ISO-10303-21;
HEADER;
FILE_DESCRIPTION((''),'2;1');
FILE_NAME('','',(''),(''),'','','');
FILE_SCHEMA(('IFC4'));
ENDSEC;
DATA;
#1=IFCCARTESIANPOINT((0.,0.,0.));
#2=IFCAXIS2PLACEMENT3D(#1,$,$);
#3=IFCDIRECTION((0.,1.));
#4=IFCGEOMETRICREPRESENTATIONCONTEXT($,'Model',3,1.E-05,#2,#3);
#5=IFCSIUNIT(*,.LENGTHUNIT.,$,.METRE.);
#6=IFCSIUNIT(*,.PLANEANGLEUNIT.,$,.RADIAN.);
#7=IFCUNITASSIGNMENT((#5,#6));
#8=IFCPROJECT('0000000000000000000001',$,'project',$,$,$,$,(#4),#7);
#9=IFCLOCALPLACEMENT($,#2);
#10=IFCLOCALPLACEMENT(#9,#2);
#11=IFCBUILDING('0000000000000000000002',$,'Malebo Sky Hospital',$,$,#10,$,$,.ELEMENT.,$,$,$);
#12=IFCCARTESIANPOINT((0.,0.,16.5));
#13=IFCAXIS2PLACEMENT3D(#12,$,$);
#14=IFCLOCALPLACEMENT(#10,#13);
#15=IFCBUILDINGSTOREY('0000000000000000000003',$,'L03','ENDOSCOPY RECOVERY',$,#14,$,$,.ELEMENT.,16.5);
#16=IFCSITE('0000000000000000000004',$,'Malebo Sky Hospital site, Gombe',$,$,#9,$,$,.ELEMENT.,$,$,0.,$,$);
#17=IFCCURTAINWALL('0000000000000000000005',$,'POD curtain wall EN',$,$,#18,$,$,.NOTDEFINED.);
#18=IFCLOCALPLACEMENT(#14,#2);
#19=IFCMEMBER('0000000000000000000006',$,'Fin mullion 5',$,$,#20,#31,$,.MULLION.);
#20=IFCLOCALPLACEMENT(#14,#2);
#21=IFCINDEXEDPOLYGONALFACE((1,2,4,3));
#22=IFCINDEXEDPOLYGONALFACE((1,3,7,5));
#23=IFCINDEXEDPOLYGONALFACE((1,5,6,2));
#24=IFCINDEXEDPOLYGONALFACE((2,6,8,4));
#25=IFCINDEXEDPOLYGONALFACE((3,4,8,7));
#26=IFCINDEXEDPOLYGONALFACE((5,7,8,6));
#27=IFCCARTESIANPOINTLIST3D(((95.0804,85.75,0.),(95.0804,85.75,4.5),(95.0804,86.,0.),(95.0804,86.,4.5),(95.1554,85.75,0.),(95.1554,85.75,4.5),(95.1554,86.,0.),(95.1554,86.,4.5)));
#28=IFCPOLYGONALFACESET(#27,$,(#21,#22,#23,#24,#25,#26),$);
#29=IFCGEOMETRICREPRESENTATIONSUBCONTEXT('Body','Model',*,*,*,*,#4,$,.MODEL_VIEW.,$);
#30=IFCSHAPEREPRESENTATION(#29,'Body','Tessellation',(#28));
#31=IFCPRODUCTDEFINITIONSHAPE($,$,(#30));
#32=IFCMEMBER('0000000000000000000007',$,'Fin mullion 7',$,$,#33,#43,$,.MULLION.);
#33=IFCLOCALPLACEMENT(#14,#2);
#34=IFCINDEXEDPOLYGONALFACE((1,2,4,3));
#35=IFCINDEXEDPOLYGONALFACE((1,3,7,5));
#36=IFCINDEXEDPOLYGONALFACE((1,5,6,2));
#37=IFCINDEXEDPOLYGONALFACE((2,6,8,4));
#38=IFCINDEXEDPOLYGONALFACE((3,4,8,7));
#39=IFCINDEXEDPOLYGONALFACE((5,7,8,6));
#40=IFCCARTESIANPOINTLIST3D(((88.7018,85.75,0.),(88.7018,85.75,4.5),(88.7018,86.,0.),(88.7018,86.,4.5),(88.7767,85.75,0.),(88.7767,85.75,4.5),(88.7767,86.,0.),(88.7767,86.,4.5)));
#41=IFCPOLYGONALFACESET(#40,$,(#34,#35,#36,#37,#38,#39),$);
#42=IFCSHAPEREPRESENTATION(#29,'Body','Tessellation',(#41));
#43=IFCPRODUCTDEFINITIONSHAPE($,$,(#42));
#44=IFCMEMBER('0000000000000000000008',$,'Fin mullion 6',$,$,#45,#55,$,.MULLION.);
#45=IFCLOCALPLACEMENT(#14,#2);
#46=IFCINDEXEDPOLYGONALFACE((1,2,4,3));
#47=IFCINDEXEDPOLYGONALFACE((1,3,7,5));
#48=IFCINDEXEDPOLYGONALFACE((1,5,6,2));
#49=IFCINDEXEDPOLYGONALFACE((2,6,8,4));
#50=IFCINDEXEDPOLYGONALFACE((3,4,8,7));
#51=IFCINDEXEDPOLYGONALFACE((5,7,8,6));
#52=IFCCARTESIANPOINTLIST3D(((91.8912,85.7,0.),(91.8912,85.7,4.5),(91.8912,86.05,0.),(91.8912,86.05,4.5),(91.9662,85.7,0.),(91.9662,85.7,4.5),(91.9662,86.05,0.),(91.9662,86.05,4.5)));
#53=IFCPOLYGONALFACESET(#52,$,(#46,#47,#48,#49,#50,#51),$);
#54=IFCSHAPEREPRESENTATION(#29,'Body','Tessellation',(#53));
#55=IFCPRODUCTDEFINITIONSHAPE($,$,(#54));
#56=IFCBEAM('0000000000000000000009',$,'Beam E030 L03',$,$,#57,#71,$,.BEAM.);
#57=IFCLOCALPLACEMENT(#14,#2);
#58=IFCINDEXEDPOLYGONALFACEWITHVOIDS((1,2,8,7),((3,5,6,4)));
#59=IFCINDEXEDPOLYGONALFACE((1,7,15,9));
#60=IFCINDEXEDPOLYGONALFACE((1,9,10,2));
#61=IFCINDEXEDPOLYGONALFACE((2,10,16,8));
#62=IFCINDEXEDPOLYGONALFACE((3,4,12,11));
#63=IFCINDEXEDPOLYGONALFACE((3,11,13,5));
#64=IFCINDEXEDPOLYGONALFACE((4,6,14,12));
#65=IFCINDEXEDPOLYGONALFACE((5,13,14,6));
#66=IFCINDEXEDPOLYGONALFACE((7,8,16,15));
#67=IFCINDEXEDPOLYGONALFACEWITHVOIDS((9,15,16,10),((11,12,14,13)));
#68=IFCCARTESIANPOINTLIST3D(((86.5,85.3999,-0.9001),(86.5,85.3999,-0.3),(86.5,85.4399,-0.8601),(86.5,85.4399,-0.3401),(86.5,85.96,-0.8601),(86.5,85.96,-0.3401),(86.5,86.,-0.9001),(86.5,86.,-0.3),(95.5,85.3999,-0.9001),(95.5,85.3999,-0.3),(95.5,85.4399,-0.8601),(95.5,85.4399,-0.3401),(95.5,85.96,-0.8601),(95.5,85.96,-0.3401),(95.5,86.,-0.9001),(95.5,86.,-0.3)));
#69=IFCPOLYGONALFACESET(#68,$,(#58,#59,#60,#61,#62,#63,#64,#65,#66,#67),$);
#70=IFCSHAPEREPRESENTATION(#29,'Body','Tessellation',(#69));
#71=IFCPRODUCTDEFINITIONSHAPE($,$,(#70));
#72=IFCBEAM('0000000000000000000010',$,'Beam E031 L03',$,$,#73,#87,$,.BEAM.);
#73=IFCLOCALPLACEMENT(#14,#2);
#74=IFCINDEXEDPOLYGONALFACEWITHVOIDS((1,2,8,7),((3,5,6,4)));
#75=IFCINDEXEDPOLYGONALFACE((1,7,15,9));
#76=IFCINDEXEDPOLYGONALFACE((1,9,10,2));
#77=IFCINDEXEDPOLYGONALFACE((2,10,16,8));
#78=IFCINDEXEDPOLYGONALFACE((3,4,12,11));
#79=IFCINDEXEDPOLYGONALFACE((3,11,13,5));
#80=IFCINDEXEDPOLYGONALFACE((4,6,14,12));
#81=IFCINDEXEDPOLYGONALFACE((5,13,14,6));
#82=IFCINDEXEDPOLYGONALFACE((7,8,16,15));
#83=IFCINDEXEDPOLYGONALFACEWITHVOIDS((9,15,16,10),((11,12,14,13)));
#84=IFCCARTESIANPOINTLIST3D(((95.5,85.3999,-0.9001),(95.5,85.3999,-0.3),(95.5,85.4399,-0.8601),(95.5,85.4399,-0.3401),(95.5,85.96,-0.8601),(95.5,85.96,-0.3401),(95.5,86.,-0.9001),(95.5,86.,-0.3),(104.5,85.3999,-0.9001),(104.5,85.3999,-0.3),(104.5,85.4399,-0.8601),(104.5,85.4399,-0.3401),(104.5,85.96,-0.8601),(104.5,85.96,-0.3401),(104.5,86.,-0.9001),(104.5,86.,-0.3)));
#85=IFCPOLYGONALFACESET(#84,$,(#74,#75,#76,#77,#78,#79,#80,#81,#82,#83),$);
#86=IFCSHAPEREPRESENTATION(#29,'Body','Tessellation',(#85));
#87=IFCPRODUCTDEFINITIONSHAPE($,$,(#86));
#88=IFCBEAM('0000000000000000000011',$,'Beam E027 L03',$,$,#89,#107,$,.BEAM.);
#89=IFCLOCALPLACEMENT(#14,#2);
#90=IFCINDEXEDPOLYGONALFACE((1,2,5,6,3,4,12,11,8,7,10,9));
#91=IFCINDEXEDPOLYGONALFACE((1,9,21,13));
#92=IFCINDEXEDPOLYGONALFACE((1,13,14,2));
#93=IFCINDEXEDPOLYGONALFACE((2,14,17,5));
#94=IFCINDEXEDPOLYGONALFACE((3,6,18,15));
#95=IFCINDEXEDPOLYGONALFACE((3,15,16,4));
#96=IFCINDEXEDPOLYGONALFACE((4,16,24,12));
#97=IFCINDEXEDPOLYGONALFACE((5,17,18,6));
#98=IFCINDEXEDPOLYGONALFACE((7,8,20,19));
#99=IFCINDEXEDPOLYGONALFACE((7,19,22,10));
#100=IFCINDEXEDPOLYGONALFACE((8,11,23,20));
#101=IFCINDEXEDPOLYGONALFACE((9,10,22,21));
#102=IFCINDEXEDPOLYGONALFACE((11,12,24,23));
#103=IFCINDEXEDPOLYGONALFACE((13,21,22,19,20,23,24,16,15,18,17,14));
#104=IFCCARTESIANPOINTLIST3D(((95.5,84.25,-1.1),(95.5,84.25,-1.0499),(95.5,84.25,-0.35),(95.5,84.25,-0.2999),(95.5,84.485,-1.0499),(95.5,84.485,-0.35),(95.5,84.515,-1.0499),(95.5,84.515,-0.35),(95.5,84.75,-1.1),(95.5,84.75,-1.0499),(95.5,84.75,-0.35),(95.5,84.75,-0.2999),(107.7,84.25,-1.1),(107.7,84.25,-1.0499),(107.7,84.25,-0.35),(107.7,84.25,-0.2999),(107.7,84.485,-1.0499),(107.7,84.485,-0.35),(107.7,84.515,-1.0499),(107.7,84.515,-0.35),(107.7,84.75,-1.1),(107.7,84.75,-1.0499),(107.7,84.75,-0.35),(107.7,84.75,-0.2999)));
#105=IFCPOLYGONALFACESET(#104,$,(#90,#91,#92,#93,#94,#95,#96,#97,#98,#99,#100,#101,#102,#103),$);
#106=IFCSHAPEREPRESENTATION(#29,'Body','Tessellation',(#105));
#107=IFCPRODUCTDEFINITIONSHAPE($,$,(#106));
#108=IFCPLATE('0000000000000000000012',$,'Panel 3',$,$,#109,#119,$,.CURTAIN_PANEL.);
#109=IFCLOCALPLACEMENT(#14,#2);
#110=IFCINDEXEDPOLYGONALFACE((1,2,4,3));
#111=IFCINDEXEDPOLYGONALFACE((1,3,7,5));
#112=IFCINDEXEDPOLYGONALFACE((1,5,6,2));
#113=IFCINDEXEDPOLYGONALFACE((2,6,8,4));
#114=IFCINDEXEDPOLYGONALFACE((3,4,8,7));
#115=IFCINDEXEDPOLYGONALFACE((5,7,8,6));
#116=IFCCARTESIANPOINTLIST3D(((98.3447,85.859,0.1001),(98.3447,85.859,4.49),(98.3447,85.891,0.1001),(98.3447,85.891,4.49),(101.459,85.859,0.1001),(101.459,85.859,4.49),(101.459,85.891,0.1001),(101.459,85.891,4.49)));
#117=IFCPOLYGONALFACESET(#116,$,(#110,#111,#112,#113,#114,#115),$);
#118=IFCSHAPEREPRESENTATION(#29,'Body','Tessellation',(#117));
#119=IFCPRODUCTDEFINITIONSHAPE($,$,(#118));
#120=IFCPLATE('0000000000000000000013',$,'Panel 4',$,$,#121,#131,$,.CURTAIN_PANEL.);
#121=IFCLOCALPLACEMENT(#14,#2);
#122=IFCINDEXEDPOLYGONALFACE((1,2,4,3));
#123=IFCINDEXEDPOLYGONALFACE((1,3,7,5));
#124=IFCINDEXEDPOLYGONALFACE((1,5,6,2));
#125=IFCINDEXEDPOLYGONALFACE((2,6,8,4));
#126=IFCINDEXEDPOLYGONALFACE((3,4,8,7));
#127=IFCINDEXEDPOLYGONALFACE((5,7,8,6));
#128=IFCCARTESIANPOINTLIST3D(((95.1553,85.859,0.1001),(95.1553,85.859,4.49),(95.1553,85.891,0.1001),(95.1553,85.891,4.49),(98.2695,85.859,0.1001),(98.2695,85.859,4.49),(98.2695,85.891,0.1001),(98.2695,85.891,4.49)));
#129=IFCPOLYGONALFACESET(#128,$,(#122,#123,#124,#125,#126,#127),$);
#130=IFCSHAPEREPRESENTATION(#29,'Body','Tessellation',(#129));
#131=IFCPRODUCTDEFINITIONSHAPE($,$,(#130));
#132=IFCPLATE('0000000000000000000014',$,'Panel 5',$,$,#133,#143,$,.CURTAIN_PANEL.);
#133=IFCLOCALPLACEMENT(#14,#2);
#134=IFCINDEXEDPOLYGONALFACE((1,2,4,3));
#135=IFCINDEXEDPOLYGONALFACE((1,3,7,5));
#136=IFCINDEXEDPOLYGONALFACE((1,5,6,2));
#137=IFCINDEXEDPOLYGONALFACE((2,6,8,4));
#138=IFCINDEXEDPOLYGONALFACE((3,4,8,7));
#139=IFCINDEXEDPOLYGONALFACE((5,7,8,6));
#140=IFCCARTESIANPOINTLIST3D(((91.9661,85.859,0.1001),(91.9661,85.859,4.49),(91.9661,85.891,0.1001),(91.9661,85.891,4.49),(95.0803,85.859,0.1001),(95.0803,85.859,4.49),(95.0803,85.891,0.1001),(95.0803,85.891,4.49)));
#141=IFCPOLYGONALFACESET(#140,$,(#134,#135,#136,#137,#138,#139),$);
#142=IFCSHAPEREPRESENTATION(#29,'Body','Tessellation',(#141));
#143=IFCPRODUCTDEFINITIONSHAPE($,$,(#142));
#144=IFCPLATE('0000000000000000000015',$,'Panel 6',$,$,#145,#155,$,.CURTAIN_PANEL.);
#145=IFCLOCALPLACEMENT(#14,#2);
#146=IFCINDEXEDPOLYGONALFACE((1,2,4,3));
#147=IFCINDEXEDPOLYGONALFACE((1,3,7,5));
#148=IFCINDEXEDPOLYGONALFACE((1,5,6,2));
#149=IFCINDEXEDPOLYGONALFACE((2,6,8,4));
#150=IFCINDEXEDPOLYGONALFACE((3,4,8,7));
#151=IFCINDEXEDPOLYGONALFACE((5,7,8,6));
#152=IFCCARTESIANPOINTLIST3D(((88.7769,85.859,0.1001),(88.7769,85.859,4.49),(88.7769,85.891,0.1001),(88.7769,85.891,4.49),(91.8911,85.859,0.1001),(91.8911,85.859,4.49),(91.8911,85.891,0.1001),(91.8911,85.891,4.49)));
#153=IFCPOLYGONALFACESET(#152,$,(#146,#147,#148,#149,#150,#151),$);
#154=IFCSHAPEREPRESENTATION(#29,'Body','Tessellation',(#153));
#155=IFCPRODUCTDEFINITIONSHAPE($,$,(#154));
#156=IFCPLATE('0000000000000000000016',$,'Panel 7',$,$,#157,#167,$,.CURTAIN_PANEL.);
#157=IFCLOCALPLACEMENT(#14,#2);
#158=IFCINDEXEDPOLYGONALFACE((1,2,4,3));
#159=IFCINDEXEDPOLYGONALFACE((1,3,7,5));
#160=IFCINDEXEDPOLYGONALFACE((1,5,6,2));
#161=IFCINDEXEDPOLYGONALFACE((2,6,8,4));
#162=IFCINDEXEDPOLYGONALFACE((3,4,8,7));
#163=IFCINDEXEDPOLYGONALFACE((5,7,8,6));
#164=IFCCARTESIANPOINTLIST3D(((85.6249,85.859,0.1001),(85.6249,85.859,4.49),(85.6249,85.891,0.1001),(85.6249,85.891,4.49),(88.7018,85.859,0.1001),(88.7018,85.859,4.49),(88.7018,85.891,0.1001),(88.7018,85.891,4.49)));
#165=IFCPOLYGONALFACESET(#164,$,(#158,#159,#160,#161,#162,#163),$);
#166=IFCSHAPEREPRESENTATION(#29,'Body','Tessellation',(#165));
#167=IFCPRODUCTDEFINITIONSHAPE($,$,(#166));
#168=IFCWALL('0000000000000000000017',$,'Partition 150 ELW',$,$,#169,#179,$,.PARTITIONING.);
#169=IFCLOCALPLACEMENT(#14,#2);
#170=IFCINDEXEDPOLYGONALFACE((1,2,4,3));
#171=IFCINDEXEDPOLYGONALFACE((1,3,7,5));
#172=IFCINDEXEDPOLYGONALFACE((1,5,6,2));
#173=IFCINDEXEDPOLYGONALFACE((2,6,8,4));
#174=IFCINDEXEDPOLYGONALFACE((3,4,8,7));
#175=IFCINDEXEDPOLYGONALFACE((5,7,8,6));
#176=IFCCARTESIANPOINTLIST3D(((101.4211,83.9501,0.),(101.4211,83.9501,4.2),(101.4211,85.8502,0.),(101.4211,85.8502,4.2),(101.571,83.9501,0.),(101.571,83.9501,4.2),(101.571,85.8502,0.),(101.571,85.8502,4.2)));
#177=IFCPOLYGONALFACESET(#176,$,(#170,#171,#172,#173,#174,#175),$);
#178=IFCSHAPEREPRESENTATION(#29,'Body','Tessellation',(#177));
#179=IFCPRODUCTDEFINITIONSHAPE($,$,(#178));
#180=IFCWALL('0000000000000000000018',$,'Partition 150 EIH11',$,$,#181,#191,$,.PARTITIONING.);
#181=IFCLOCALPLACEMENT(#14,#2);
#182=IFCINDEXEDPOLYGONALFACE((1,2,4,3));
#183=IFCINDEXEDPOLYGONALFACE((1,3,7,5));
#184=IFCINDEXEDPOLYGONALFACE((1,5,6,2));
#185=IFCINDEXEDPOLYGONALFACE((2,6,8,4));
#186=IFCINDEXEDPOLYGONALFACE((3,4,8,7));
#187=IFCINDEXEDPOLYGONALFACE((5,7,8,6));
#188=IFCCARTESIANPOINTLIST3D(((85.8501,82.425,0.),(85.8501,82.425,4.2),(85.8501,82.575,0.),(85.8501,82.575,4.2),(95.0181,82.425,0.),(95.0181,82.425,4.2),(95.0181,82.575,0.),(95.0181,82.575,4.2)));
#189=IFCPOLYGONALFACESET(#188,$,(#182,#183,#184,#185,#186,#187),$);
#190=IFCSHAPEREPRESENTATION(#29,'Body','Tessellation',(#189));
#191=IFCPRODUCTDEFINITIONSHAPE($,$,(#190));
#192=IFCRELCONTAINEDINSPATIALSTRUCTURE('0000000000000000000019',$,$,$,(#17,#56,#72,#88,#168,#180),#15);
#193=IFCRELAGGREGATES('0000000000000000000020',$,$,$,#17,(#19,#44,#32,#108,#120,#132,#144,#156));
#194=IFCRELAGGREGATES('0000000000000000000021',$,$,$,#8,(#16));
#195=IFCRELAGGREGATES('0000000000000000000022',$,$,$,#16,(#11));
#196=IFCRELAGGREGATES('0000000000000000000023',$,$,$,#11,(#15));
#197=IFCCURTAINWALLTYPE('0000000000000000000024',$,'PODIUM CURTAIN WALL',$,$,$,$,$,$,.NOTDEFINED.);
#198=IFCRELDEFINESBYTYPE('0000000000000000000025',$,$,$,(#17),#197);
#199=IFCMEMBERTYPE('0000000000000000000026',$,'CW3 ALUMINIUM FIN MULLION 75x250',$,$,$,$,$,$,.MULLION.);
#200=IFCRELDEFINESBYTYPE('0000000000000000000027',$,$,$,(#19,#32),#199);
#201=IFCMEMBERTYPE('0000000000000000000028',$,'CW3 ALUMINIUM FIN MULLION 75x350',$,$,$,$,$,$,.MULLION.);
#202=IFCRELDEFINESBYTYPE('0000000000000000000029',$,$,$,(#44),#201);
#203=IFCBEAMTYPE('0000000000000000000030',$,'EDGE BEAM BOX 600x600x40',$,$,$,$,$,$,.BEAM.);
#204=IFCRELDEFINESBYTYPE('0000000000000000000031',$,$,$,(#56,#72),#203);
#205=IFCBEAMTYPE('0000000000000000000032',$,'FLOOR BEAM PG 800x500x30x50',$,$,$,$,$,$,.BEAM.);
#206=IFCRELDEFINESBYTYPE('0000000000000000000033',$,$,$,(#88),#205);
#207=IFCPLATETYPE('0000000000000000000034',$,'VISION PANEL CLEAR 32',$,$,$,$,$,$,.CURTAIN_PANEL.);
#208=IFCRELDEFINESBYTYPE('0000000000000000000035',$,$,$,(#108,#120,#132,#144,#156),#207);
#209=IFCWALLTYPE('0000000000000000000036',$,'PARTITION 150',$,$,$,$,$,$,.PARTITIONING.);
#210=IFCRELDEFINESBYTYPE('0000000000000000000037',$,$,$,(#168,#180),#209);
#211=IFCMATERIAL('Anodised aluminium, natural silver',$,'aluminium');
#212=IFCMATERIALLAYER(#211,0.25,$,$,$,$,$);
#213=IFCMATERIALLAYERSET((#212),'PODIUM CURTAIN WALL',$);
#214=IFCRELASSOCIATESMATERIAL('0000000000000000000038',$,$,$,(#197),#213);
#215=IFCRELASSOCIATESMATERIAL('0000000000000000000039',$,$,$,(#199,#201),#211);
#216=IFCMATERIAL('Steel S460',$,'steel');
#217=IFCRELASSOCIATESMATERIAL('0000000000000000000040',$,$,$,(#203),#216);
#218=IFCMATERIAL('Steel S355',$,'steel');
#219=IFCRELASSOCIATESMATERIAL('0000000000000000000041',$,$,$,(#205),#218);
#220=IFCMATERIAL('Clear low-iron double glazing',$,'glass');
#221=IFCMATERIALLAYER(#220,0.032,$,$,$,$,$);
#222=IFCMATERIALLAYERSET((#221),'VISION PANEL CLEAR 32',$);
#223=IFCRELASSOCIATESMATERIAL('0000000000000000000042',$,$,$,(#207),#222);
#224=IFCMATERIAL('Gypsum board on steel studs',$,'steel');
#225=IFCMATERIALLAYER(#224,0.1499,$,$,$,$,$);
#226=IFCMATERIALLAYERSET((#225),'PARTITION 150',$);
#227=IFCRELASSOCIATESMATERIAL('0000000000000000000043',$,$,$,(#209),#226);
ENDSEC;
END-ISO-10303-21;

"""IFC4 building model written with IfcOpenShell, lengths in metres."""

from ifc_helpers import new_model, si_unit, direction, frame, frame_2d, origin, origin_2d, place, context, subcontext, project, spatial, rectangle, hollow_rectangle, i_section, extrude, material, layer, layer_set, material_profile, profile_set, type_object, element, aggregate, save


model = new_model("IFC4")

# Units and contexts
model_context = context("Model", 3, precision=1e-05, world=origin(), true_north=direction((0.0, 1.0)))
body_context = subcontext(model_context, "Body", "Model", "MODEL_VIEW")
ifc_project = project(units=[si_unit("LENGTHUNIT", "METRE"), si_unit("PLANEANGLEUNIT", "RADIAN")], contexts=[model_context])

# Site, building, storey
site_placement = place(None, origin())
site = spatial("IfcSite", under=ifc_project, at=site_placement, Name="Malebo Sky Hospital site, Gombe", CompositionType="ELEMENT", RefElevation=0.0)
building_placement = place(site_placement, origin())
building = spatial("IfcBuilding", under=site, at=building_placement, Name="Malebo Sky Hospital", CompositionType="ELEMENT")
storey_placement = place(building_placement, frame((0.0, 0.0, 16.5)))
storey = spatial("IfcBuildingStorey", under=building, at=storey_placement, Name="L03", Description="ENDOSCOPY RECOVERY", CompositionType="ELEMENT", Elevation=16.5)

# Shared definitions
ifc_material_1 = material(Name="Steel S355", Category="steel")

# Curtain wall, members
ifc_material_2 = material(Name="Anodised aluminium, natural silver", Category="aluminium")
ifc_layer_1 = layer(ifc_material_2, 0.25)
ifc_layer_set_1 = layer_set([ifc_layer_1], Name="PODIUM CURTAIN WALL")
curtain_wall_type = type_object("IfcCurtainWallType", Name="PODIUM CURTAIN WALL", PredefinedType="NOTDEFINED", material=ifc_layer_set_1)
curtain_wall_placement = place(storey_placement, origin())
curtain_wall = element("IfcCurtainWall", 1, at=curtain_wall_placement, inside=storey, type_object=curtain_wall_type, Name="POD curtain wall EN", PredefinedType="NOTDEFINED")
ifc_material_profile_1 = material_profile(ifc_material_2, rectangle(XDim=0.075, YDim=0.25, at=origin_2d()), Name="CW3 ALUMINIUM FIN MULLION 75x250")
ifc_profile_set_1 = profile_set([ifc_material_profile_1], Name="Anodised aluminium, natural silver")
member_type_1 = type_object("IfcMemberType", Name="CW3 ALUMINIUM FIN MULLION 75x250", PredefinedType="MULLION", material=ifc_profile_set_1)
member_1_placement = place(storey_placement, frame((95.1179, 85.875, 0.0), z_axis=(0.0, 0.0, 1.0), x_axis=(-1.0, 0.0, 0.0)))
member_1 = element("IfcMember", 2, at=member_1_placement, type_object=member_type_1, Name="Fin mullion 5", PredefinedType="MULLION", context=body_context, shape_type="SweptSolid", body=[
    extrude(rectangle(XDim=0.075, YDim=0.25, at=origin_2d()), origin(), (0.0, 0.0, 1.0), 4.5),
])
member_2_placement = place(storey_placement, frame((88.7393, 85.875, 0.0), z_axis=(0.0, 0.0, 1.0), x_axis=(-1.0, 0.0, 0.0)))
member_2 = element("IfcMember", 3, at=member_2_placement, type_object=member_type_1, Name="Fin mullion 7", PredefinedType="MULLION", context=body_context, shape_type="SweptSolid", body=[
    extrude(rectangle(XDim=0.075, YDim=0.25, at=origin_2d()), origin(), (0.0, 0.0, 1.0), 4.5),
])
ifc_material_profile_2 = material_profile(ifc_material_2, rectangle(XDim=0.075, YDim=0.3501, at=origin_2d()), Name="CW3 ALUMINIUM FIN MULLION 75x350")
ifc_profile_set_2 = profile_set([ifc_material_profile_2], Name="Anodised aluminium, natural silver")
member_type_2 = type_object("IfcMemberType", Name="CW3 ALUMINIUM FIN MULLION 75x350", PredefinedType="MULLION", material=ifc_profile_set_2)
member_3_placement = place(storey_placement, frame((91.9287, 85.875, 0.0), z_axis=(0.0, 0.0, 1.0), x_axis=(-1.0, 0.0, 0.0)))
member_3 = element("IfcMember", 4, at=member_3_placement, type_object=member_type_2, Name="Fin mullion 6", PredefinedType="MULLION", context=body_context, shape_type="SweptSolid", body=[
    extrude(rectangle(XDim=0.075, YDim=0.3501, at=origin_2d()), origin(), (0.0, 0.0, 1.0), 4.5),
])

# Beams
ifc_material_3 = material(Name="Steel S460", Category="steel")
ifc_material_profile_3 = material_profile(ifc_material_3, hollow_rectangle(XDim=0.6001, YDim=0.6001, WallThickness=0.04, at=origin_2d()), Name="BOX 600x600x40")
ifc_profile_set_3 = profile_set([ifc_material_profile_3], Name="Steel S460")
beam_type_1 = type_object("IfcBeamType", Name="EDGE BEAM BOX 600x600x40", PredefinedType="BEAM", material=ifc_profile_set_3)
for number, where, z_axis, x_axis, name in (
    (5, (86.5, 85.7, -0.6001), (1.0, 0.0, 0.0), (0.0, 1.0, 0.0), "Beam E030 L03"),
    (6, (95.5, 85.7, -0.6001), (1.0, 0.0, 0.0), (0.0, 1.0, 0.0), "Beam E031 L03"),
):
    element("IfcBeam", number, at=place(storey_placement, frame(where, z_axis=z_axis, x_axis=x_axis)), inside=storey, type_object=beam_type_1, Name=name, PredefinedType="BEAM", context=body_context, shape_type="SweptSolid", body=[
        extrude(hollow_rectangle(XDim=0.6001, YDim=0.6001, WallThickness=0.04, at=origin_2d()), origin(), (0.0, 0.0, 1.0), 9.0),
    ])
ifc_material_profile_4 = material_profile(ifc_material_1, i_section(OverallWidth=0.5, OverallDepth=0.8, WebThickness=0.03, FlangeThickness=0.05, at=origin_2d()), Name="PG 800x500x30x50")
ifc_profile_set_4 = profile_set([ifc_material_profile_4], Name="Steel S355")
beam_type_2 = type_object("IfcBeamType", Name="FLOOR BEAM PG 800x500x30x50", PredefinedType="BEAM", material=ifc_profile_set_4)
beam_placement = place(storey_placement, frame((95.5, 84.5, -0.7), z_axis=(1.0, 0.0, 0.0), x_axis=(0.0, 1.0, 0.0)))
element("IfcBeam", 7, at=beam_placement, inside=storey, type_object=beam_type_2, Name="Beam E027 L03", PredefinedType="BEAM", context=body_context, shape_type="SweptSolid", body=[
    extrude(i_section(OverallWidth=0.5, OverallDepth=0.8, WebThickness=0.03, FlangeThickness=0.05, at=origin_2d()), origin(), (0.0, 0.0, 1.0), 12.2),
])

# Plates
ifc_material_4 = material(Name="Clear low-iron double glazing", Category="glass")
ifc_layer_2 = layer(ifc_material_4, 0.032)
ifc_layer_set_2 = layer_set([ifc_layer_2], Name="VISION PANEL CLEAR 32")
plate_type = type_object("IfcPlateType", Name="VISION PANEL CLEAR 32", PredefinedType="CURTAIN_PANEL", material=ifc_layer_set_2)
plate_1_placement = place(storey_placement, frame((99.9019, 85.875, 0.1001), z_axis=(0.0, 0.0, 1.0), x_axis=(-1.0, 0.0, 0.0)))
plate_1 = element("IfcPlate", 8, at=plate_1_placement, type_object=plate_type, Name="Panel 3", PredefinedType="CURTAIN_PANEL", context=body_context, shape_type="SweptSolid", body=[
    extrude(rectangle(XDim=3.1143, YDim=0.032, at=origin_2d()), origin(), (0.0, 0.0, 1.0), 4.3899),
])
plate_2_placement = place(storey_placement, frame((96.7124, 85.875, 0.1001), z_axis=(0.0, 0.0, 1.0), x_axis=(-1.0, 0.0, 0.0)))
plate_2 = element("IfcPlate", 9, at=plate_2_placement, type_object=plate_type, Name="Panel 4", PredefinedType="CURTAIN_PANEL", context=body_context, shape_type="SweptSolid", body=[
    extrude(rectangle(XDim=3.1143, YDim=0.032, at=origin_2d()), origin(), (0.0, 0.0, 1.0), 4.3899),
])
plate_3_placement = place(storey_placement, frame((93.5232, 85.875, 0.1001), z_axis=(0.0, 0.0, 1.0), x_axis=(-1.0, 0.0, 0.0)))
plate_3 = element("IfcPlate", 10, at=plate_3_placement, type_object=plate_type, Name="Panel 5", PredefinedType="CURTAIN_PANEL", context=body_context, shape_type="SweptSolid", body=[
    extrude(rectangle(XDim=3.1143, YDim=0.032, at=origin_2d()), origin(), (0.0, 0.0, 1.0), 4.3899),
])
plate_4_placement = place(storey_placement, frame((90.334, 85.875, 0.1001), z_axis=(0.0, 0.0, 1.0), x_axis=(-1.0, 0.0, 0.0)))
plate_4 = element("IfcPlate", 11, at=plate_4_placement, type_object=plate_type, Name="Panel 6", PredefinedType="CURTAIN_PANEL", context=body_context, shape_type="SweptSolid", body=[
    extrude(rectangle(XDim=3.1143, YDim=0.032, at=origin_2d()), origin(), (0.0, 0.0, 1.0), 4.3899),
])
plate_5_placement = place(storey_placement, frame((87.1633, 85.875, 0.1001), z_axis=(0.0, 0.0, 1.0), x_axis=(-1.0, 0.0, 0.0)))
plate_5 = element("IfcPlate", 12, at=plate_5_placement, type_object=plate_type, Name="Panel 7", PredefinedType="CURTAIN_PANEL", context=body_context, shape_type="SweptSolid", body=[
    extrude(rectangle(XDim=3.0769, YDim=0.032, at=origin_2d()), origin(), (0.0, 0.0, 1.0), 4.3899),
])
aggregate(curtain_wall, [member_1, member_3, member_2, plate_1, plate_2, plate_3, plate_4, plate_5])

# Walls
ifc_material_5 = material(Name="Gypsum board on steel studs", Category="steel")
ifc_layer_3 = layer(ifc_material_5, 0.1499)
ifc_layer_set_3 = layer_set([ifc_layer_3], Name="PARTITION 150")
wall_type_1 = type_object("IfcWallType", Name="PARTITION 150", PredefinedType="PARTITIONING", material=ifc_layer_set_3)
wall_1_placement = place(storey_placement, frame((101.4961, 83.95, 0.0), z_axis=(0.0, 0.0, 1.0), x_axis=(0.0, 1.0, 0.0)))
element("IfcWall", 13, at=wall_1_placement, inside=storey, type_object=wall_type_1, Name="Partition 150 ELW", PredefinedType="PARTITIONING", context=body_context, shape_type="SweptSolid", body=[
    extrude(rectangle(XDim=1.9001, YDim=0.1499, at=frame_2d((0.9502, 0.0))), origin(), (0.0, 0.0, 1.0), 4.2),
])
wall_2_placement = place(storey_placement, frame((95.0181, 82.5, 0.0), z_axis=(0.0, 0.0, 1.0), x_axis=(-1.0, 0.0, 0.0)))
element("IfcWall", 14, at=wall_2_placement, inside=storey, type_object=wall_type_1, Name="Partition 150 EIH11", PredefinedType="PARTITIONING", context=body_context, shape_type="SweptSolid", body=[
    extrude(rectangle(XDim=9.168, YDim=0.1499, at=frame_2d((4.584, 0.0))), origin(), (0.0, 0.0, 1.0), 4.2),
])

save(model, "model.ifc")
